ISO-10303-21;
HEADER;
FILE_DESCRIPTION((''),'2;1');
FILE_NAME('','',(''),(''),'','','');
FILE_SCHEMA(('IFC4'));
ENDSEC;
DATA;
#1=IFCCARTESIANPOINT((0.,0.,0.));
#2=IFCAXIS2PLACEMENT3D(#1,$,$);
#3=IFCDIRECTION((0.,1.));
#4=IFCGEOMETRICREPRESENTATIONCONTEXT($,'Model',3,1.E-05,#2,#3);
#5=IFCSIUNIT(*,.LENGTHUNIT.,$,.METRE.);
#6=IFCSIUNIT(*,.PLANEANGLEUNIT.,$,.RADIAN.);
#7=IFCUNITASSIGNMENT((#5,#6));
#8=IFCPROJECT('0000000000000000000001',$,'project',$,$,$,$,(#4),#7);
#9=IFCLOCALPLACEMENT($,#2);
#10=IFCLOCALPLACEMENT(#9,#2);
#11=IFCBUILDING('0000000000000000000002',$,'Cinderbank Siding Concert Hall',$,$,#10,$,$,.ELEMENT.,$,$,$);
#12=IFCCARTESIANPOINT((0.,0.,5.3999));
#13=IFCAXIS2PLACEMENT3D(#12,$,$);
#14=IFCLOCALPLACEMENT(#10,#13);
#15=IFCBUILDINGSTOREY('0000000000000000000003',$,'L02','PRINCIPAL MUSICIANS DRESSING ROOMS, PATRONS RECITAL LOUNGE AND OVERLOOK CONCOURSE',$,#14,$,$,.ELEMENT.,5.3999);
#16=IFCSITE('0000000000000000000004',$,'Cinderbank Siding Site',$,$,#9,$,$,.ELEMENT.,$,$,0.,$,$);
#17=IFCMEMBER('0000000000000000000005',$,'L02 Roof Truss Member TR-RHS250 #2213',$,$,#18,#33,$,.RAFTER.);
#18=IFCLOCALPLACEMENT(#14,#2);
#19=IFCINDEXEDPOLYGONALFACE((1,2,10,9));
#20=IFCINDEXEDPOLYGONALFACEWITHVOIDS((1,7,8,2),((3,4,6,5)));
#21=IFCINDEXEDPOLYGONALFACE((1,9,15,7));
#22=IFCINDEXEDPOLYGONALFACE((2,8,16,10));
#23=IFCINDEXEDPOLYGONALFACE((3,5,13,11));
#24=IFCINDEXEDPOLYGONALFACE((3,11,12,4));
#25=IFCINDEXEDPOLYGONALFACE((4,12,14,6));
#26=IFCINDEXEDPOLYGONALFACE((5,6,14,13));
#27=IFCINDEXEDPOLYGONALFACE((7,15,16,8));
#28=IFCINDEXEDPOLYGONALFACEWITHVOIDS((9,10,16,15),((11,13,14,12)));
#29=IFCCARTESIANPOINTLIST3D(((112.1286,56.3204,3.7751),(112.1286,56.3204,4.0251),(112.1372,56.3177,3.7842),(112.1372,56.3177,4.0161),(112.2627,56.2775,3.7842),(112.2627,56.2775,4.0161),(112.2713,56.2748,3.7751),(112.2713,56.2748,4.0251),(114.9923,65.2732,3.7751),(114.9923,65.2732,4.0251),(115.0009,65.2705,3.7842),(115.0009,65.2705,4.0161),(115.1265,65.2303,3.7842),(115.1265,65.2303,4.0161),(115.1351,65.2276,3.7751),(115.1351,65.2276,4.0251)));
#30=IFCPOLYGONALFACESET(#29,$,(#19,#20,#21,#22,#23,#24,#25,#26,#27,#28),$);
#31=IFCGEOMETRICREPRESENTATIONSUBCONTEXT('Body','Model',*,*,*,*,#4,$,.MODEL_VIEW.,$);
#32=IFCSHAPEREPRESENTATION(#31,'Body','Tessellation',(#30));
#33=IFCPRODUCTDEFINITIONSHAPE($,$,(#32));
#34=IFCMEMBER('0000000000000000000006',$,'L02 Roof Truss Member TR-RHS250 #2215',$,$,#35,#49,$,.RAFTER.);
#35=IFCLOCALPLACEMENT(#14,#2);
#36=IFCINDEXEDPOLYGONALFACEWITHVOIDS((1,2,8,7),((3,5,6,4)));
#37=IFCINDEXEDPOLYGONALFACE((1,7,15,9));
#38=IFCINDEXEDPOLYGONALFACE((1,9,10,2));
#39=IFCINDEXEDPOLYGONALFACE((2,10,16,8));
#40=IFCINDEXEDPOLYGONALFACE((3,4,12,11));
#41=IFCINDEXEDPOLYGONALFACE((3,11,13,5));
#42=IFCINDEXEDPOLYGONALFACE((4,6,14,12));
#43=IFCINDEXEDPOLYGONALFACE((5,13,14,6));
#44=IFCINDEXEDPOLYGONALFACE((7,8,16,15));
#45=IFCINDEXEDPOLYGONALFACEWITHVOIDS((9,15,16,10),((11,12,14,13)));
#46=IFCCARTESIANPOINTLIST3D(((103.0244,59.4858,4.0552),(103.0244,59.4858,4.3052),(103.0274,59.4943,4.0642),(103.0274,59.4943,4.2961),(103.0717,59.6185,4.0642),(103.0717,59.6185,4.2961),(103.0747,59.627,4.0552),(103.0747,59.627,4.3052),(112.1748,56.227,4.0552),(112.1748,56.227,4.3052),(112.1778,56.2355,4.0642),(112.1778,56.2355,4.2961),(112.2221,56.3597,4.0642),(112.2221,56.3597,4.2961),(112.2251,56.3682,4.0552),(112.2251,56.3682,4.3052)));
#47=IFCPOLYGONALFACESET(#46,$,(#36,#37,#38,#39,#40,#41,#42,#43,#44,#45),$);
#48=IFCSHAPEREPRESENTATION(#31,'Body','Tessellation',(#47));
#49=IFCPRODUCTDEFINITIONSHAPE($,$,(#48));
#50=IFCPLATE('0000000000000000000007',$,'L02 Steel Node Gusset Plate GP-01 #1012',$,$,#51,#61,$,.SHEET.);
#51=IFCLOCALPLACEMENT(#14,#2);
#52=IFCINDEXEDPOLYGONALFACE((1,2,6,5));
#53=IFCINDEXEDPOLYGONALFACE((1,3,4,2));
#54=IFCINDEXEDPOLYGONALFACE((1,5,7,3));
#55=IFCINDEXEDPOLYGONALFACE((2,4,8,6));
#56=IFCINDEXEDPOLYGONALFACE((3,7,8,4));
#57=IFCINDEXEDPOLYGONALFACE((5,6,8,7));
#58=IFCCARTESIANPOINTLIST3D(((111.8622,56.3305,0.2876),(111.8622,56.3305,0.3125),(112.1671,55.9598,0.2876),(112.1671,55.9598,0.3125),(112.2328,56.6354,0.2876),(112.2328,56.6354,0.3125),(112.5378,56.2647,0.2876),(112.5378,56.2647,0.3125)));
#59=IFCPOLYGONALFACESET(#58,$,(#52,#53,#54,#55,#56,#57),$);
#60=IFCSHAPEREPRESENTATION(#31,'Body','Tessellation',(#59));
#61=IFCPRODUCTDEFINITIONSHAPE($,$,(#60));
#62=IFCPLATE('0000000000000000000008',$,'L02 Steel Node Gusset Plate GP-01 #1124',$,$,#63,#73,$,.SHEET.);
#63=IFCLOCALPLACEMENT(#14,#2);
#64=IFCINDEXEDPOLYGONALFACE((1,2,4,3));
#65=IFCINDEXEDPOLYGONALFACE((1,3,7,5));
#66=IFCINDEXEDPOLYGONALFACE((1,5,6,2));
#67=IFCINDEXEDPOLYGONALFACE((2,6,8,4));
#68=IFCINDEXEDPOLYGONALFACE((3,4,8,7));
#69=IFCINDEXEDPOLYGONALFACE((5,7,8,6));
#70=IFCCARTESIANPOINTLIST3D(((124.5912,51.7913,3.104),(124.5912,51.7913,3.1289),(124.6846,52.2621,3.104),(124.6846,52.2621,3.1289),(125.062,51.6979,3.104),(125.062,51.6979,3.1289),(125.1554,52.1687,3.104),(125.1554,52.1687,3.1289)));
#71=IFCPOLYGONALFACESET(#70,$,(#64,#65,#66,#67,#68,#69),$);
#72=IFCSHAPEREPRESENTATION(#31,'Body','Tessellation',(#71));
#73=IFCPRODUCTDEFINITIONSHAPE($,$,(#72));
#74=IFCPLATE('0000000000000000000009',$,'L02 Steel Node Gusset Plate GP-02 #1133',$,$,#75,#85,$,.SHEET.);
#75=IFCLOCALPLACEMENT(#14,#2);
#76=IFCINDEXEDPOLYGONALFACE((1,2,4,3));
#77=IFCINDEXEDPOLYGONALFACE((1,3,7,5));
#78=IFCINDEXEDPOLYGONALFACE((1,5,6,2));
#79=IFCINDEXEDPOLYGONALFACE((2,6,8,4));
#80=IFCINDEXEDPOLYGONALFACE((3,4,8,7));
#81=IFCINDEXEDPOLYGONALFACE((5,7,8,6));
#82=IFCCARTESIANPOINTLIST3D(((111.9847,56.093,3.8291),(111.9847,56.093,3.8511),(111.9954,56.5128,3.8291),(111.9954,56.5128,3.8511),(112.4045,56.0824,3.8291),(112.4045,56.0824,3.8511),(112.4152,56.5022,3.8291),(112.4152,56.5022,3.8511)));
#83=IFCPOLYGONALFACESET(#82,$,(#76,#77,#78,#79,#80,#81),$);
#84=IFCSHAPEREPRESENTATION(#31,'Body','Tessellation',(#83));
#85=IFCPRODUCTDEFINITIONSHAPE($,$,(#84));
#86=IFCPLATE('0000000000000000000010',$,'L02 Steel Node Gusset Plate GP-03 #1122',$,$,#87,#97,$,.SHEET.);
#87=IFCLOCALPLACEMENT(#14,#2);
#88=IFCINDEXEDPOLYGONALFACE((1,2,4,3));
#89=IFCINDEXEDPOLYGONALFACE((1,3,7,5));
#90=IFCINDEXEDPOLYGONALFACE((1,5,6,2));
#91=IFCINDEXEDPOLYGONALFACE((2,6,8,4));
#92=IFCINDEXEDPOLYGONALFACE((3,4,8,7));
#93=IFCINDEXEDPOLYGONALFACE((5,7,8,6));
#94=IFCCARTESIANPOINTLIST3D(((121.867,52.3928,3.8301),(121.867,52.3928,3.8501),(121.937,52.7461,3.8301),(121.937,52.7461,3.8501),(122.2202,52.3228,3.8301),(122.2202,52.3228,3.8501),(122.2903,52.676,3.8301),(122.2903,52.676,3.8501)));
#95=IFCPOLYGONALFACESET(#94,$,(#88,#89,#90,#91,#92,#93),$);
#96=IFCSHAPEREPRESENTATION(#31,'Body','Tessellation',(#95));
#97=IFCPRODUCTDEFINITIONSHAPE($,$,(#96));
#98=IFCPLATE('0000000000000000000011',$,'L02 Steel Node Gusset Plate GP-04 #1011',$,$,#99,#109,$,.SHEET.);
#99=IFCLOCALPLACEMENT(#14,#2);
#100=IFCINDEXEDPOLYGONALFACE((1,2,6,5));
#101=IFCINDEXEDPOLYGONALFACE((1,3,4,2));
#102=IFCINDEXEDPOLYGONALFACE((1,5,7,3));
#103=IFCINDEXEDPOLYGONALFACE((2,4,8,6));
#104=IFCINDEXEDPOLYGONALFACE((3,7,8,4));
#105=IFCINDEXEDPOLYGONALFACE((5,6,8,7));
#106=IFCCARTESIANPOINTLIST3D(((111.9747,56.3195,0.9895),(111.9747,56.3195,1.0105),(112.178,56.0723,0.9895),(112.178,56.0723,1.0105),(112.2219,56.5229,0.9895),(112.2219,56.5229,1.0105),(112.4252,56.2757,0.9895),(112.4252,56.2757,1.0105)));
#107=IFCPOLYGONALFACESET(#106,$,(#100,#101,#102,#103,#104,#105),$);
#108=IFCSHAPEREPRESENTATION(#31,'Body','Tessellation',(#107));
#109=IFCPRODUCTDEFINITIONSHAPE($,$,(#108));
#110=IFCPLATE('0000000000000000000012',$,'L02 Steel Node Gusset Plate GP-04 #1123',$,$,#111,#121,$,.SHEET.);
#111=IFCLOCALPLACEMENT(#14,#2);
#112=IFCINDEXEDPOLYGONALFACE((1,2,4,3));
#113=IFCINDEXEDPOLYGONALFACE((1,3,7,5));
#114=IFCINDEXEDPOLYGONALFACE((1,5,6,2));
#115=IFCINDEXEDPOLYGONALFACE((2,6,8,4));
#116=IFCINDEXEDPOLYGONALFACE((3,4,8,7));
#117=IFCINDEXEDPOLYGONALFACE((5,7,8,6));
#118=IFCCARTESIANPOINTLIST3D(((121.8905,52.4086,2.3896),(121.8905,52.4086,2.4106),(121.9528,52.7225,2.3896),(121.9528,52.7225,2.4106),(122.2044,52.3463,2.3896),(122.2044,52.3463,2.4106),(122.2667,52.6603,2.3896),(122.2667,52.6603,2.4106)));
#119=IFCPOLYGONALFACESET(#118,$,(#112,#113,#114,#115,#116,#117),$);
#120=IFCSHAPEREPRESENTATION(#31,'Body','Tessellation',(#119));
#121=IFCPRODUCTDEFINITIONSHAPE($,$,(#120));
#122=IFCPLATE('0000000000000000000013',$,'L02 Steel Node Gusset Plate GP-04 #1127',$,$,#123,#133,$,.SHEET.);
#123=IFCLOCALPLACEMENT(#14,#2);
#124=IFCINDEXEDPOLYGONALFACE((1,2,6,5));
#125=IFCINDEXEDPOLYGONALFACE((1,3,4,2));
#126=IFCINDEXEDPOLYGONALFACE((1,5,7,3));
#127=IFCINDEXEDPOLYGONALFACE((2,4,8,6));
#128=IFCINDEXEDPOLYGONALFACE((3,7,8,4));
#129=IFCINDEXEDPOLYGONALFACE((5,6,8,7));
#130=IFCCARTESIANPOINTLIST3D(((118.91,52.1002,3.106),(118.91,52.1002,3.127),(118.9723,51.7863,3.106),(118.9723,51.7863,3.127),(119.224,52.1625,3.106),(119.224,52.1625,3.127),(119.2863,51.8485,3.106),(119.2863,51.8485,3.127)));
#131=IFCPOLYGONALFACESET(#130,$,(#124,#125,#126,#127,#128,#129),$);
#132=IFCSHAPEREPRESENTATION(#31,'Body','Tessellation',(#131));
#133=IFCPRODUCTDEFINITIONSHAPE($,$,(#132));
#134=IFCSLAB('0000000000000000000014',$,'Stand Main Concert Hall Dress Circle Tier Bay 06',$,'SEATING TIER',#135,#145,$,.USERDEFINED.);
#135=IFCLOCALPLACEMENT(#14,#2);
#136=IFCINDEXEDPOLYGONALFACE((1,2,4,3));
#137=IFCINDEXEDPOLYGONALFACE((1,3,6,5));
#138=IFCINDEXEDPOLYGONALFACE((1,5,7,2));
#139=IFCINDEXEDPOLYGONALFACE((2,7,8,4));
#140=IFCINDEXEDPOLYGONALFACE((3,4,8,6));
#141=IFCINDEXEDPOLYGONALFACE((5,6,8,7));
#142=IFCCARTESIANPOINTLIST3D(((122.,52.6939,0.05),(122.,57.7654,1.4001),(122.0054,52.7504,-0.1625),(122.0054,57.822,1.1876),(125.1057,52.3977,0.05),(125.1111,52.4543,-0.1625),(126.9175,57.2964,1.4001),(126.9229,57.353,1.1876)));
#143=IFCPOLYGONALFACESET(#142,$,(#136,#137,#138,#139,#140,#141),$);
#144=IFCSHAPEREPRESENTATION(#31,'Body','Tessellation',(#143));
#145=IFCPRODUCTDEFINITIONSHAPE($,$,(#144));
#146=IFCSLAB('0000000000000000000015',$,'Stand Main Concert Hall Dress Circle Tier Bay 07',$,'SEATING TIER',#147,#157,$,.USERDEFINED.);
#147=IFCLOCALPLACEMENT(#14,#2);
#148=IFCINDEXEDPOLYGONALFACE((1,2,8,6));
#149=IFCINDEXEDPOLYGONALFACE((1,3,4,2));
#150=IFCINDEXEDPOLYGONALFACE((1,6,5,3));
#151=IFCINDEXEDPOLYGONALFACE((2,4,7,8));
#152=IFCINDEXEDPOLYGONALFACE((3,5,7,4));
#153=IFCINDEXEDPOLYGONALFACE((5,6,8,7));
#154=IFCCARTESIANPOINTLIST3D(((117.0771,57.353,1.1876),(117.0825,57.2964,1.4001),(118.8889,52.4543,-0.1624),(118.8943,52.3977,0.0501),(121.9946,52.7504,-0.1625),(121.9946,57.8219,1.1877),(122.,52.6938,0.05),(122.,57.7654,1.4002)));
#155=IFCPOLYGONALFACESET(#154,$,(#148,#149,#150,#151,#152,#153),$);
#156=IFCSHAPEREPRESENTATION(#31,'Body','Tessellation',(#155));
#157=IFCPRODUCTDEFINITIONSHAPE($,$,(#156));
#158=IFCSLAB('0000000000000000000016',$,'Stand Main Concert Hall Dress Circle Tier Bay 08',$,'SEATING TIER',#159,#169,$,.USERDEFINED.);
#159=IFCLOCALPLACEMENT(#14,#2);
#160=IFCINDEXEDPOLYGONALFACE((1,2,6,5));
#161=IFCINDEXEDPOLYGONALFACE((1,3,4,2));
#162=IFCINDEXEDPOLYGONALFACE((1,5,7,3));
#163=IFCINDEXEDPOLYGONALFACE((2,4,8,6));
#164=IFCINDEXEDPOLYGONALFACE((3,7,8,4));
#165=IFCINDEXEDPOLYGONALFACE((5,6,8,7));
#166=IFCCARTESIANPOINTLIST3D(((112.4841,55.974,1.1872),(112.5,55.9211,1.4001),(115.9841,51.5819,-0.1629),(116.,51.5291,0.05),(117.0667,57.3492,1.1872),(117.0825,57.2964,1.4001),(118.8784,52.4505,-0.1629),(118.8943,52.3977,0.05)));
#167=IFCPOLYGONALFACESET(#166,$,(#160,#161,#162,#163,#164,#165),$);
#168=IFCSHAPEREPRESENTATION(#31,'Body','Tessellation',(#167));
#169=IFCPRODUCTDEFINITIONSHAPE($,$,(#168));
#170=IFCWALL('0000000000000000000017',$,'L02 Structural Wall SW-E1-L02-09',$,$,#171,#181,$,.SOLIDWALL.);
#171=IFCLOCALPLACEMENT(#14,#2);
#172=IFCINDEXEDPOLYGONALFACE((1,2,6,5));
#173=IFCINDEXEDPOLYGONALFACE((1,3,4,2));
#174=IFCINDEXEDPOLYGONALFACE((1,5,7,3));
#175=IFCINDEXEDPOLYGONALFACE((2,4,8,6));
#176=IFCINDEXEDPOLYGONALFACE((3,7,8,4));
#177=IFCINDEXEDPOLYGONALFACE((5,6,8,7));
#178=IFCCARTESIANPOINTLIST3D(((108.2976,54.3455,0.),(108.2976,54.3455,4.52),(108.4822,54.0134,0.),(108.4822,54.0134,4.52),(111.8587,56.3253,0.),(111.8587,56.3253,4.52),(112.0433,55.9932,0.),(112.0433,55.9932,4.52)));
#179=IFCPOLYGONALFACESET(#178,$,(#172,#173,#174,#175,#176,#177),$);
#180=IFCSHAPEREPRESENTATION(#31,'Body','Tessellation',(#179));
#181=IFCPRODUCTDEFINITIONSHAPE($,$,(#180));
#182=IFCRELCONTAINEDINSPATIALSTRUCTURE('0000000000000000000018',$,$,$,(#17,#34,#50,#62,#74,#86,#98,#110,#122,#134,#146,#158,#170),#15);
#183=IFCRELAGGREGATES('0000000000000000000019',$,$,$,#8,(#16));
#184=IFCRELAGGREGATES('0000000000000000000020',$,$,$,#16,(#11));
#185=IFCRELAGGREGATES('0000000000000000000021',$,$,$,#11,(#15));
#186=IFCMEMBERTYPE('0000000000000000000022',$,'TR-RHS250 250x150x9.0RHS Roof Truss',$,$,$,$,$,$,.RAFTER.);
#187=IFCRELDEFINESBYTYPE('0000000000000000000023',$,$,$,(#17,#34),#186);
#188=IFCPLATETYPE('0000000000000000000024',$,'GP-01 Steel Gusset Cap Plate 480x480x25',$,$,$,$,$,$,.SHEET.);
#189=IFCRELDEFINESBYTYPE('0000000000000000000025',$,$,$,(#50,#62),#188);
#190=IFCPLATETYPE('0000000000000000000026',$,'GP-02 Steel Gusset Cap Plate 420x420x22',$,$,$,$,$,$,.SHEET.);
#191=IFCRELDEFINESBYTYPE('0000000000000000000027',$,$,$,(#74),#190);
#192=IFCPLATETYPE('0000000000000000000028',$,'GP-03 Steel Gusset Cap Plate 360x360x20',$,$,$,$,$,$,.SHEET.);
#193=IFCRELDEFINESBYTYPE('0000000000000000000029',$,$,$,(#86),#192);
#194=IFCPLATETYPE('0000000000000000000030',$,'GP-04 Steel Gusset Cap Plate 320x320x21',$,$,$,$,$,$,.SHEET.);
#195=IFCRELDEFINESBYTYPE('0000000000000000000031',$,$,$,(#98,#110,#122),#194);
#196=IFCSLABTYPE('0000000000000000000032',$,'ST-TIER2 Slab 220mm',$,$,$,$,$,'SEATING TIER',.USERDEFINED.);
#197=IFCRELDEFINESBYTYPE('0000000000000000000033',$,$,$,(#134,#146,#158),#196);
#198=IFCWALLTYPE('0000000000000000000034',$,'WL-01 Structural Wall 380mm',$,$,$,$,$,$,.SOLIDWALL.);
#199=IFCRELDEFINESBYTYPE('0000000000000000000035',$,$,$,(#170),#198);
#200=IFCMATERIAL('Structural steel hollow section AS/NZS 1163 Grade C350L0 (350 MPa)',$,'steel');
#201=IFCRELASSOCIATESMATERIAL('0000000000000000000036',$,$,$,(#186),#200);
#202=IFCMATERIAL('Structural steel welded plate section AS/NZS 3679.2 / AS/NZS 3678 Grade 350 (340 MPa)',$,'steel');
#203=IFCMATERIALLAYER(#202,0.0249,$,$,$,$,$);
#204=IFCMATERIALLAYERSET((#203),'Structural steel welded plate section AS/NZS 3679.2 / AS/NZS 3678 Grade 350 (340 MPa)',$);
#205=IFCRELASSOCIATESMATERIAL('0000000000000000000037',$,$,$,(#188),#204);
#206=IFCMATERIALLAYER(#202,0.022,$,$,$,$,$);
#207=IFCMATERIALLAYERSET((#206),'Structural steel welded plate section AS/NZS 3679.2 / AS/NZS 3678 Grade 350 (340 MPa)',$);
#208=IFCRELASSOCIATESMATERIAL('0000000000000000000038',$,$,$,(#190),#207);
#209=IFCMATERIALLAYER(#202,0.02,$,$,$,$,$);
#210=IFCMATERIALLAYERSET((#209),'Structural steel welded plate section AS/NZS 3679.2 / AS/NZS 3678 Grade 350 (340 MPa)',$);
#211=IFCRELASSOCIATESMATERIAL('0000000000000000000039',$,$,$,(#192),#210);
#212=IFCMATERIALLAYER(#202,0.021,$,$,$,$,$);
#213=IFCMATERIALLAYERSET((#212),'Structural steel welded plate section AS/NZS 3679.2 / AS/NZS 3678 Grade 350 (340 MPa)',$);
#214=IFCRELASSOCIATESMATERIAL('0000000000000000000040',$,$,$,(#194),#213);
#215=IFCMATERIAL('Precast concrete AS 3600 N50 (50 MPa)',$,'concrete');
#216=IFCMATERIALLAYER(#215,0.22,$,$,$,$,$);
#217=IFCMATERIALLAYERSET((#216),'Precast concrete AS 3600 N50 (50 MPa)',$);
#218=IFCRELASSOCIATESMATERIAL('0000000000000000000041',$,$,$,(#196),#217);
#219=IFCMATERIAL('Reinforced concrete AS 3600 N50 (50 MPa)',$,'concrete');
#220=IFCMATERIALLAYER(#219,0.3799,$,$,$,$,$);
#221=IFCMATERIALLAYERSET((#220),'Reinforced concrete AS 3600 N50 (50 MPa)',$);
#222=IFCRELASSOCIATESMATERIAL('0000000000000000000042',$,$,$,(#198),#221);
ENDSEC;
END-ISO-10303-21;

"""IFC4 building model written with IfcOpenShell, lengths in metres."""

from ifc_helpers import new_model, si_unit, direction, frame, frame_2d, origin, origin_2d, place, context, subcontext, project, spatial, polyline, rectangle, hollow_rectangle, outline, extrude, material, layer, layer_set, material_profile, profile_set, type_object, element, save


model = new_model("IFC4")

# Units and contexts
model_context = context("Model", 3, precision=1e-05, world=origin(), true_north=direction((0.0, 1.0)))
body_context = subcontext(model_context, "Body", "Model", "MODEL_VIEW")
ifc_project = project(units=[si_unit("LENGTHUNIT", "METRE"), si_unit("PLANEANGLEUNIT", "RADIAN")], contexts=[model_context])

# Site, building, storey
site_placement = place(None, origin())
site = spatial("IfcSite", under=ifc_project, at=site_placement, Name="Cinderbank Siding Site", CompositionType="ELEMENT", RefElevation=0.0)
building_placement = place(site_placement, origin())
building = spatial("IfcBuilding", under=site, at=building_placement, Name="Cinderbank Siding Concert Hall", CompositionType="ELEMENT")
storey_placement = place(building_placement, frame((0.0, 0.0, 5.3999)))
storey = spatial("IfcBuildingStorey", under=building, at=storey_placement, Name="L02", Description="PRINCIPAL MUSICIANS DRESSING ROOMS, PATRONS RECITAL LOUNGE AND OVERLOOK CONCOURSE", CompositionType="ELEMENT", Elevation=5.3999)

# Shared definitions
ifc_material_1 = material(Name="Structural steel hollow section AS/NZS 1163 Grade C350L0 (350 MPa)", Category="steel")
ifc_material_2 = material(Name="Reinforced concrete AS 3600 N50 (50 MPa)", Category="concrete")

# Members
ifc_material_profile_1 = material_profile(ifc_material_1, hollow_rectangle(XDim=0.1499, YDim=0.25, WallThickness=0.009, at=origin_2d()), Name="250x150x9.0RHS", Category="LoadBearing")
ifc_profile_set_1 = profile_set([ifc_material_profile_1], Name="Structural steel hollow section AS/NZS 1163 Grade C350L0 (350 MPa)")
member_type_1 = type_object("IfcMemberType", Name="TR-RHS250 250x150x9.0RHS Roof Truss", PredefinedType="RAFTER", material=ifc_profile_set_1)
member_1_placement = place(storey_placement, frame((112.2, 56.2976, 3.9001), z_axis=(0.304665, 0.95246, 0.0), x_axis=(-0.95246, 0.304665, 0.0)))
element("IfcMember", 1, at=member_1_placement, inside=storey, type_object=member_type_1, Name="L02 Roof Truss Member TR-RHS250 #2213", PredefinedType="RAFTER", context=body_context, shape_type="SweptSolid", body=[
    extrude(hollow_rectangle(XDim=0.1499, YDim=0.25, WallThickness=0.009, at=origin_2d()), origin(), (0.0, 0.0, 1.0), 9.3997),
])
member_2_placement = place(storey_placement, frame((112.2, 56.2976, 4.1802), z_axis=(-0.942042, 0.335496, 0.0), x_axis=(-0.335496, -0.942042, 0.0)))
element("IfcMember", 2, at=member_2_placement, inside=storey, type_object=member_type_1, Name="L02 Roof Truss Member TR-RHS250 #2215", PredefinedType="RAFTER", context=body_context, shape_type="SweptSolid", body=[
    extrude(hollow_rectangle(XDim=0.1499, YDim=0.25, WallThickness=0.009, at=origin_2d()), origin(), (0.0, 0.0, 1.0), 9.7134),
])

# Plates
ifc_material_3 = material(Name="Structural steel welded plate section AS/NZS 3679.2 / AS/NZS 3678 Grade 350 (340 MPa)", Category="steel")
ifc_layer_1 = layer(ifc_material_3, 0.0249)
ifc_layer_set_1 = layer_set([ifc_layer_1], Name="Structural steel welded plate section AS/NZS 3679.2 / AS/NZS 3678 Grade 350 (340 MPa)")
plate_type_1 = type_object("IfcPlateType", Name="GP-01 Steel Gusset Cap Plate 480x480x25", PredefinedType="SHEET", material=ifc_layer_set_1)
for number, where, z_axis, x_axis, name in (
    (3, (112.2, 56.2976, 0.2876), (0.0, 0.0, 1.0), (0.63527, -0.77229, 0.0), "L02 Steel Node Gusset Plate GP-01 #1012"),
    (4, (124.8733, 51.98, 3.104), (0.0, 0.0, 1.0), (0.980887, -0.194577, 0.0), "L02 Steel Node Gusset Plate GP-01 #1124"),
):
    element("IfcPlate", number, at=place(storey_placement, frame(where, z_axis=z_axis, x_axis=x_axis)), inside=storey, type_object=plate_type_1, Name=name, PredefinedType="SHEET", context=body_context, shape_type="SweptSolid", body=[
        extrude(rectangle(XDim=0.48, YDim=0.48, at=origin_2d()), origin(), (0.0, 0.0, 1.0), 0.0249),
    ])
ifc_layer_2 = layer(ifc_material_3, 0.022)
ifc_layer_set_2 = layer_set([ifc_layer_2], Name="Structural steel welded plate section AS/NZS 3679.2 / AS/NZS 3678 Grade 350 (340 MPa)")
plate_type_2 = type_object("IfcPlateType", Name="GP-02 Steel Gusset Cap Plate 420x420x22", PredefinedType="SHEET", material=ifc_layer_set_2)
plate_1_placement = place(storey_placement, frame((112.2, 56.2976, 3.8291), z_axis=(0.0, 0.0, 1.0), x_axis=(0.025305, 0.99968, 0.0)))
element("IfcPlate", 5, at=plate_1_placement, inside=storey, type_object=plate_type_2, Name="L02 Steel Node Gusset Plate GP-02 #1133", PredefinedType="SHEET", context=body_context, shape_type="SweptSolid", body=[
    extrude(rectangle(XDim=0.4199, YDim=0.4199, at=origin_2d()), origin(), (0.0, 0.0, 1.0), 0.022),
])
ifc_layer_3 = layer(ifc_material_3, 0.02)
ifc_layer_set_3 = layer_set([ifc_layer_3], Name="Structural steel welded plate section AS/NZS 3679.2 / AS/NZS 3678 Grade 350 (340 MPa)")
plate_type_3 = type_object("IfcPlateType", Name="GP-03 Steel Gusset Cap Plate 360x360x20", PredefinedType="SHEET", material=ifc_layer_set_3)
plate_2_placement = place(storey_placement, frame((122.0786, 52.5344, 3.8301), z_axis=(0.0, 0.0, 1.0), x_axis=(-0.980887, 0.194577, 0.0)))
element("IfcPlate", 6, at=plate_2_placement, inside=storey, type_object=plate_type_3, Name="L02 Steel Node Gusset Plate GP-03 #1122", PredefinedType="SHEET", context=body_context, shape_type="SweptSolid", body=[
    extrude(rectangle(XDim=0.3601, YDim=0.3601, at=origin_2d()), origin(), (0.0, 0.0, 1.0), 0.02),
])
ifc_layer_4 = layer(ifc_material_3, 0.021)
ifc_layer_set_4 = layer_set([ifc_layer_4], Name="Structural steel welded plate section AS/NZS 3679.2 / AS/NZS 3678 Grade 350 (340 MPa)")
plate_type_4 = type_object("IfcPlateType", Name="GP-04 Steel Gusset Cap Plate 320x320x21", PredefinedType="SHEET", material=ifc_layer_set_4)
for number, where, z_axis, x_axis, name in (
    (7, (112.2, 56.2976, 0.9895), (0.0, 0.0, 1.0), (-0.63527, 0.77229, 0.0), "L02 Steel Node Gusset Plate GP-04 #1011"),
    (8, (122.0786, 52.5344, 2.3896), (0.0, 0.0, 1.0), (0.980887, -0.194577, 0.0), "L02 Steel Node Gusset Plate GP-04 #1123"),
    (9, (119.0981, 51.9744, 3.106), (0.0, 0.0, 1.0), (0.980887, 0.194577, 0.0), "L02 Steel Node Gusset Plate GP-04 #1127"),
):
    element("IfcPlate", number, at=place(storey_placement, frame(where, z_axis=z_axis, x_axis=x_axis)), inside=storey, type_object=plate_type_4, Name=name, PredefinedType="SHEET", context=body_context, shape_type="SweptSolid", body=[
        extrude(rectangle(XDim=0.3201, YDim=0.3201, at=origin_2d()), origin(), (0.0, 0.0, 1.0), 0.021),
    ])

# Slabs
ifc_material_4 = material(Name="Precast concrete AS 3600 N50 (50 MPa)", Category="concrete")
ifc_layer_5 = layer(ifc_material_4, 0.22)
ifc_layer_set_5 = layer_set([ifc_layer_5], Name="Precast concrete AS 3600 N50 (50 MPa)")
slab_type = type_object("IfcSlabType", Name="ST-TIER2 Slab 220mm", ElementType="SEATING TIER", PredefinedType="USERDEFINED", material=ifc_layer_set_5)
slab_1_placement = place(storey_placement, frame((125.1057, 52.3977, 0.05), z_axis=(-0.024526, -0.257176, 0.966053), x_axis=(-0.995484, 0.094924, -0.000003)))
element("IfcSlab", 10, at=slab_1_placement, inside=storey, type_object=slab_type, Name="Stand Main Concert Hall Dress Circle Tier Bay 06", ObjectType="SEATING TIER", PredefinedType="USERDEFINED", context=body_context, shape_type="SweptSolid", body=[
    extrude(outline(polyline([(0.0, 0.0), (3.1198, 0.0), (3.6012, -5.226), (-1.3386, -5.2259), (0.0, 0.0)])), origin(), (0.0, 0.0, -1.0), 0.22),
])
slab_2_placement = place(storey_placement, frame((122.0, 52.6938, 0.05), z_axis=(0.024526, -0.257176, 0.966053), x_axis=(-0.995484, -0.094924, 0.000003)))
element("IfcSlab", 11, at=slab_2_placement, inside=storey, type_object=slab_type, Name="Stand Main Concert Hall Dress Circle Tier Bay 07", ObjectType="SEATING TIER", PredefinedType="USERDEFINED", context=body_context, shape_type="SweptSolid", body=[
    extrude(outline(polyline([(0.0, 0.0), (3.1198, 0.0), (4.4584, -5.2259), (-0.4814, -5.226), (0.0, 0.0)])), origin(), (0.0, 0.0, -1.0), 0.22),
])
slab_3_placement = place(storey_placement, frame((118.8943, 52.3977, 0.05), z_axis=(0.072071, -0.240144, 0.968058), x_axis=(-0.957793, -0.287458, -0.000003)))
element("IfcSlab", 12, at=slab_3_placement, inside=storey, type_object=slab_type, Name="Stand Main Concert Hall Dress Circle Tier Bay 08", ObjectType="SEATING TIER", PredefinedType="USERDEFINED", context=body_context, shape_type="SweptSolid", body=[
    extrude(outline(polyline([(0.0, 0.0), (3.0218, 0.0), (5.1116, -5.3848), (0.3271, -5.3847), (0.0, 0.0)])), origin(), (0.0, 0.0, -1.0), 0.22),
])

# Wall
ifc_layer_6 = layer(ifc_material_2, 0.3799)
ifc_layer_set_6 = layer_set([ifc_layer_6], Name="Reinforced concrete AS 3600 N50 (50 MPa)")
wall_type = type_object("IfcWallType", Name="WL-01 Structural Wall 380mm", PredefinedType="SOLIDWALL", material=ifc_layer_set_6)
wall_placement = place(storey_placement, frame((111.9509, 56.1592, 0.0), z_axis=(0.0, 0.0, 1.0), x_axis=(-0.874013, -0.485902, 0.0)))
element("IfcWall", 13, at=wall_placement, inside=storey, type_object=wall_type, Name="L02 Structural Wall SW-E1-L02-09", PredefinedType="SOLIDWALL", context=body_context, shape_type="SweptSolid", body=[
    extrude(rectangle(XDim=4.0745, YDim=0.3799, at=frame_2d((2.0371, 0.0))), origin(), (0.0, 0.0, 1.0), 4.52),
])

save(model, "model.ifc")
